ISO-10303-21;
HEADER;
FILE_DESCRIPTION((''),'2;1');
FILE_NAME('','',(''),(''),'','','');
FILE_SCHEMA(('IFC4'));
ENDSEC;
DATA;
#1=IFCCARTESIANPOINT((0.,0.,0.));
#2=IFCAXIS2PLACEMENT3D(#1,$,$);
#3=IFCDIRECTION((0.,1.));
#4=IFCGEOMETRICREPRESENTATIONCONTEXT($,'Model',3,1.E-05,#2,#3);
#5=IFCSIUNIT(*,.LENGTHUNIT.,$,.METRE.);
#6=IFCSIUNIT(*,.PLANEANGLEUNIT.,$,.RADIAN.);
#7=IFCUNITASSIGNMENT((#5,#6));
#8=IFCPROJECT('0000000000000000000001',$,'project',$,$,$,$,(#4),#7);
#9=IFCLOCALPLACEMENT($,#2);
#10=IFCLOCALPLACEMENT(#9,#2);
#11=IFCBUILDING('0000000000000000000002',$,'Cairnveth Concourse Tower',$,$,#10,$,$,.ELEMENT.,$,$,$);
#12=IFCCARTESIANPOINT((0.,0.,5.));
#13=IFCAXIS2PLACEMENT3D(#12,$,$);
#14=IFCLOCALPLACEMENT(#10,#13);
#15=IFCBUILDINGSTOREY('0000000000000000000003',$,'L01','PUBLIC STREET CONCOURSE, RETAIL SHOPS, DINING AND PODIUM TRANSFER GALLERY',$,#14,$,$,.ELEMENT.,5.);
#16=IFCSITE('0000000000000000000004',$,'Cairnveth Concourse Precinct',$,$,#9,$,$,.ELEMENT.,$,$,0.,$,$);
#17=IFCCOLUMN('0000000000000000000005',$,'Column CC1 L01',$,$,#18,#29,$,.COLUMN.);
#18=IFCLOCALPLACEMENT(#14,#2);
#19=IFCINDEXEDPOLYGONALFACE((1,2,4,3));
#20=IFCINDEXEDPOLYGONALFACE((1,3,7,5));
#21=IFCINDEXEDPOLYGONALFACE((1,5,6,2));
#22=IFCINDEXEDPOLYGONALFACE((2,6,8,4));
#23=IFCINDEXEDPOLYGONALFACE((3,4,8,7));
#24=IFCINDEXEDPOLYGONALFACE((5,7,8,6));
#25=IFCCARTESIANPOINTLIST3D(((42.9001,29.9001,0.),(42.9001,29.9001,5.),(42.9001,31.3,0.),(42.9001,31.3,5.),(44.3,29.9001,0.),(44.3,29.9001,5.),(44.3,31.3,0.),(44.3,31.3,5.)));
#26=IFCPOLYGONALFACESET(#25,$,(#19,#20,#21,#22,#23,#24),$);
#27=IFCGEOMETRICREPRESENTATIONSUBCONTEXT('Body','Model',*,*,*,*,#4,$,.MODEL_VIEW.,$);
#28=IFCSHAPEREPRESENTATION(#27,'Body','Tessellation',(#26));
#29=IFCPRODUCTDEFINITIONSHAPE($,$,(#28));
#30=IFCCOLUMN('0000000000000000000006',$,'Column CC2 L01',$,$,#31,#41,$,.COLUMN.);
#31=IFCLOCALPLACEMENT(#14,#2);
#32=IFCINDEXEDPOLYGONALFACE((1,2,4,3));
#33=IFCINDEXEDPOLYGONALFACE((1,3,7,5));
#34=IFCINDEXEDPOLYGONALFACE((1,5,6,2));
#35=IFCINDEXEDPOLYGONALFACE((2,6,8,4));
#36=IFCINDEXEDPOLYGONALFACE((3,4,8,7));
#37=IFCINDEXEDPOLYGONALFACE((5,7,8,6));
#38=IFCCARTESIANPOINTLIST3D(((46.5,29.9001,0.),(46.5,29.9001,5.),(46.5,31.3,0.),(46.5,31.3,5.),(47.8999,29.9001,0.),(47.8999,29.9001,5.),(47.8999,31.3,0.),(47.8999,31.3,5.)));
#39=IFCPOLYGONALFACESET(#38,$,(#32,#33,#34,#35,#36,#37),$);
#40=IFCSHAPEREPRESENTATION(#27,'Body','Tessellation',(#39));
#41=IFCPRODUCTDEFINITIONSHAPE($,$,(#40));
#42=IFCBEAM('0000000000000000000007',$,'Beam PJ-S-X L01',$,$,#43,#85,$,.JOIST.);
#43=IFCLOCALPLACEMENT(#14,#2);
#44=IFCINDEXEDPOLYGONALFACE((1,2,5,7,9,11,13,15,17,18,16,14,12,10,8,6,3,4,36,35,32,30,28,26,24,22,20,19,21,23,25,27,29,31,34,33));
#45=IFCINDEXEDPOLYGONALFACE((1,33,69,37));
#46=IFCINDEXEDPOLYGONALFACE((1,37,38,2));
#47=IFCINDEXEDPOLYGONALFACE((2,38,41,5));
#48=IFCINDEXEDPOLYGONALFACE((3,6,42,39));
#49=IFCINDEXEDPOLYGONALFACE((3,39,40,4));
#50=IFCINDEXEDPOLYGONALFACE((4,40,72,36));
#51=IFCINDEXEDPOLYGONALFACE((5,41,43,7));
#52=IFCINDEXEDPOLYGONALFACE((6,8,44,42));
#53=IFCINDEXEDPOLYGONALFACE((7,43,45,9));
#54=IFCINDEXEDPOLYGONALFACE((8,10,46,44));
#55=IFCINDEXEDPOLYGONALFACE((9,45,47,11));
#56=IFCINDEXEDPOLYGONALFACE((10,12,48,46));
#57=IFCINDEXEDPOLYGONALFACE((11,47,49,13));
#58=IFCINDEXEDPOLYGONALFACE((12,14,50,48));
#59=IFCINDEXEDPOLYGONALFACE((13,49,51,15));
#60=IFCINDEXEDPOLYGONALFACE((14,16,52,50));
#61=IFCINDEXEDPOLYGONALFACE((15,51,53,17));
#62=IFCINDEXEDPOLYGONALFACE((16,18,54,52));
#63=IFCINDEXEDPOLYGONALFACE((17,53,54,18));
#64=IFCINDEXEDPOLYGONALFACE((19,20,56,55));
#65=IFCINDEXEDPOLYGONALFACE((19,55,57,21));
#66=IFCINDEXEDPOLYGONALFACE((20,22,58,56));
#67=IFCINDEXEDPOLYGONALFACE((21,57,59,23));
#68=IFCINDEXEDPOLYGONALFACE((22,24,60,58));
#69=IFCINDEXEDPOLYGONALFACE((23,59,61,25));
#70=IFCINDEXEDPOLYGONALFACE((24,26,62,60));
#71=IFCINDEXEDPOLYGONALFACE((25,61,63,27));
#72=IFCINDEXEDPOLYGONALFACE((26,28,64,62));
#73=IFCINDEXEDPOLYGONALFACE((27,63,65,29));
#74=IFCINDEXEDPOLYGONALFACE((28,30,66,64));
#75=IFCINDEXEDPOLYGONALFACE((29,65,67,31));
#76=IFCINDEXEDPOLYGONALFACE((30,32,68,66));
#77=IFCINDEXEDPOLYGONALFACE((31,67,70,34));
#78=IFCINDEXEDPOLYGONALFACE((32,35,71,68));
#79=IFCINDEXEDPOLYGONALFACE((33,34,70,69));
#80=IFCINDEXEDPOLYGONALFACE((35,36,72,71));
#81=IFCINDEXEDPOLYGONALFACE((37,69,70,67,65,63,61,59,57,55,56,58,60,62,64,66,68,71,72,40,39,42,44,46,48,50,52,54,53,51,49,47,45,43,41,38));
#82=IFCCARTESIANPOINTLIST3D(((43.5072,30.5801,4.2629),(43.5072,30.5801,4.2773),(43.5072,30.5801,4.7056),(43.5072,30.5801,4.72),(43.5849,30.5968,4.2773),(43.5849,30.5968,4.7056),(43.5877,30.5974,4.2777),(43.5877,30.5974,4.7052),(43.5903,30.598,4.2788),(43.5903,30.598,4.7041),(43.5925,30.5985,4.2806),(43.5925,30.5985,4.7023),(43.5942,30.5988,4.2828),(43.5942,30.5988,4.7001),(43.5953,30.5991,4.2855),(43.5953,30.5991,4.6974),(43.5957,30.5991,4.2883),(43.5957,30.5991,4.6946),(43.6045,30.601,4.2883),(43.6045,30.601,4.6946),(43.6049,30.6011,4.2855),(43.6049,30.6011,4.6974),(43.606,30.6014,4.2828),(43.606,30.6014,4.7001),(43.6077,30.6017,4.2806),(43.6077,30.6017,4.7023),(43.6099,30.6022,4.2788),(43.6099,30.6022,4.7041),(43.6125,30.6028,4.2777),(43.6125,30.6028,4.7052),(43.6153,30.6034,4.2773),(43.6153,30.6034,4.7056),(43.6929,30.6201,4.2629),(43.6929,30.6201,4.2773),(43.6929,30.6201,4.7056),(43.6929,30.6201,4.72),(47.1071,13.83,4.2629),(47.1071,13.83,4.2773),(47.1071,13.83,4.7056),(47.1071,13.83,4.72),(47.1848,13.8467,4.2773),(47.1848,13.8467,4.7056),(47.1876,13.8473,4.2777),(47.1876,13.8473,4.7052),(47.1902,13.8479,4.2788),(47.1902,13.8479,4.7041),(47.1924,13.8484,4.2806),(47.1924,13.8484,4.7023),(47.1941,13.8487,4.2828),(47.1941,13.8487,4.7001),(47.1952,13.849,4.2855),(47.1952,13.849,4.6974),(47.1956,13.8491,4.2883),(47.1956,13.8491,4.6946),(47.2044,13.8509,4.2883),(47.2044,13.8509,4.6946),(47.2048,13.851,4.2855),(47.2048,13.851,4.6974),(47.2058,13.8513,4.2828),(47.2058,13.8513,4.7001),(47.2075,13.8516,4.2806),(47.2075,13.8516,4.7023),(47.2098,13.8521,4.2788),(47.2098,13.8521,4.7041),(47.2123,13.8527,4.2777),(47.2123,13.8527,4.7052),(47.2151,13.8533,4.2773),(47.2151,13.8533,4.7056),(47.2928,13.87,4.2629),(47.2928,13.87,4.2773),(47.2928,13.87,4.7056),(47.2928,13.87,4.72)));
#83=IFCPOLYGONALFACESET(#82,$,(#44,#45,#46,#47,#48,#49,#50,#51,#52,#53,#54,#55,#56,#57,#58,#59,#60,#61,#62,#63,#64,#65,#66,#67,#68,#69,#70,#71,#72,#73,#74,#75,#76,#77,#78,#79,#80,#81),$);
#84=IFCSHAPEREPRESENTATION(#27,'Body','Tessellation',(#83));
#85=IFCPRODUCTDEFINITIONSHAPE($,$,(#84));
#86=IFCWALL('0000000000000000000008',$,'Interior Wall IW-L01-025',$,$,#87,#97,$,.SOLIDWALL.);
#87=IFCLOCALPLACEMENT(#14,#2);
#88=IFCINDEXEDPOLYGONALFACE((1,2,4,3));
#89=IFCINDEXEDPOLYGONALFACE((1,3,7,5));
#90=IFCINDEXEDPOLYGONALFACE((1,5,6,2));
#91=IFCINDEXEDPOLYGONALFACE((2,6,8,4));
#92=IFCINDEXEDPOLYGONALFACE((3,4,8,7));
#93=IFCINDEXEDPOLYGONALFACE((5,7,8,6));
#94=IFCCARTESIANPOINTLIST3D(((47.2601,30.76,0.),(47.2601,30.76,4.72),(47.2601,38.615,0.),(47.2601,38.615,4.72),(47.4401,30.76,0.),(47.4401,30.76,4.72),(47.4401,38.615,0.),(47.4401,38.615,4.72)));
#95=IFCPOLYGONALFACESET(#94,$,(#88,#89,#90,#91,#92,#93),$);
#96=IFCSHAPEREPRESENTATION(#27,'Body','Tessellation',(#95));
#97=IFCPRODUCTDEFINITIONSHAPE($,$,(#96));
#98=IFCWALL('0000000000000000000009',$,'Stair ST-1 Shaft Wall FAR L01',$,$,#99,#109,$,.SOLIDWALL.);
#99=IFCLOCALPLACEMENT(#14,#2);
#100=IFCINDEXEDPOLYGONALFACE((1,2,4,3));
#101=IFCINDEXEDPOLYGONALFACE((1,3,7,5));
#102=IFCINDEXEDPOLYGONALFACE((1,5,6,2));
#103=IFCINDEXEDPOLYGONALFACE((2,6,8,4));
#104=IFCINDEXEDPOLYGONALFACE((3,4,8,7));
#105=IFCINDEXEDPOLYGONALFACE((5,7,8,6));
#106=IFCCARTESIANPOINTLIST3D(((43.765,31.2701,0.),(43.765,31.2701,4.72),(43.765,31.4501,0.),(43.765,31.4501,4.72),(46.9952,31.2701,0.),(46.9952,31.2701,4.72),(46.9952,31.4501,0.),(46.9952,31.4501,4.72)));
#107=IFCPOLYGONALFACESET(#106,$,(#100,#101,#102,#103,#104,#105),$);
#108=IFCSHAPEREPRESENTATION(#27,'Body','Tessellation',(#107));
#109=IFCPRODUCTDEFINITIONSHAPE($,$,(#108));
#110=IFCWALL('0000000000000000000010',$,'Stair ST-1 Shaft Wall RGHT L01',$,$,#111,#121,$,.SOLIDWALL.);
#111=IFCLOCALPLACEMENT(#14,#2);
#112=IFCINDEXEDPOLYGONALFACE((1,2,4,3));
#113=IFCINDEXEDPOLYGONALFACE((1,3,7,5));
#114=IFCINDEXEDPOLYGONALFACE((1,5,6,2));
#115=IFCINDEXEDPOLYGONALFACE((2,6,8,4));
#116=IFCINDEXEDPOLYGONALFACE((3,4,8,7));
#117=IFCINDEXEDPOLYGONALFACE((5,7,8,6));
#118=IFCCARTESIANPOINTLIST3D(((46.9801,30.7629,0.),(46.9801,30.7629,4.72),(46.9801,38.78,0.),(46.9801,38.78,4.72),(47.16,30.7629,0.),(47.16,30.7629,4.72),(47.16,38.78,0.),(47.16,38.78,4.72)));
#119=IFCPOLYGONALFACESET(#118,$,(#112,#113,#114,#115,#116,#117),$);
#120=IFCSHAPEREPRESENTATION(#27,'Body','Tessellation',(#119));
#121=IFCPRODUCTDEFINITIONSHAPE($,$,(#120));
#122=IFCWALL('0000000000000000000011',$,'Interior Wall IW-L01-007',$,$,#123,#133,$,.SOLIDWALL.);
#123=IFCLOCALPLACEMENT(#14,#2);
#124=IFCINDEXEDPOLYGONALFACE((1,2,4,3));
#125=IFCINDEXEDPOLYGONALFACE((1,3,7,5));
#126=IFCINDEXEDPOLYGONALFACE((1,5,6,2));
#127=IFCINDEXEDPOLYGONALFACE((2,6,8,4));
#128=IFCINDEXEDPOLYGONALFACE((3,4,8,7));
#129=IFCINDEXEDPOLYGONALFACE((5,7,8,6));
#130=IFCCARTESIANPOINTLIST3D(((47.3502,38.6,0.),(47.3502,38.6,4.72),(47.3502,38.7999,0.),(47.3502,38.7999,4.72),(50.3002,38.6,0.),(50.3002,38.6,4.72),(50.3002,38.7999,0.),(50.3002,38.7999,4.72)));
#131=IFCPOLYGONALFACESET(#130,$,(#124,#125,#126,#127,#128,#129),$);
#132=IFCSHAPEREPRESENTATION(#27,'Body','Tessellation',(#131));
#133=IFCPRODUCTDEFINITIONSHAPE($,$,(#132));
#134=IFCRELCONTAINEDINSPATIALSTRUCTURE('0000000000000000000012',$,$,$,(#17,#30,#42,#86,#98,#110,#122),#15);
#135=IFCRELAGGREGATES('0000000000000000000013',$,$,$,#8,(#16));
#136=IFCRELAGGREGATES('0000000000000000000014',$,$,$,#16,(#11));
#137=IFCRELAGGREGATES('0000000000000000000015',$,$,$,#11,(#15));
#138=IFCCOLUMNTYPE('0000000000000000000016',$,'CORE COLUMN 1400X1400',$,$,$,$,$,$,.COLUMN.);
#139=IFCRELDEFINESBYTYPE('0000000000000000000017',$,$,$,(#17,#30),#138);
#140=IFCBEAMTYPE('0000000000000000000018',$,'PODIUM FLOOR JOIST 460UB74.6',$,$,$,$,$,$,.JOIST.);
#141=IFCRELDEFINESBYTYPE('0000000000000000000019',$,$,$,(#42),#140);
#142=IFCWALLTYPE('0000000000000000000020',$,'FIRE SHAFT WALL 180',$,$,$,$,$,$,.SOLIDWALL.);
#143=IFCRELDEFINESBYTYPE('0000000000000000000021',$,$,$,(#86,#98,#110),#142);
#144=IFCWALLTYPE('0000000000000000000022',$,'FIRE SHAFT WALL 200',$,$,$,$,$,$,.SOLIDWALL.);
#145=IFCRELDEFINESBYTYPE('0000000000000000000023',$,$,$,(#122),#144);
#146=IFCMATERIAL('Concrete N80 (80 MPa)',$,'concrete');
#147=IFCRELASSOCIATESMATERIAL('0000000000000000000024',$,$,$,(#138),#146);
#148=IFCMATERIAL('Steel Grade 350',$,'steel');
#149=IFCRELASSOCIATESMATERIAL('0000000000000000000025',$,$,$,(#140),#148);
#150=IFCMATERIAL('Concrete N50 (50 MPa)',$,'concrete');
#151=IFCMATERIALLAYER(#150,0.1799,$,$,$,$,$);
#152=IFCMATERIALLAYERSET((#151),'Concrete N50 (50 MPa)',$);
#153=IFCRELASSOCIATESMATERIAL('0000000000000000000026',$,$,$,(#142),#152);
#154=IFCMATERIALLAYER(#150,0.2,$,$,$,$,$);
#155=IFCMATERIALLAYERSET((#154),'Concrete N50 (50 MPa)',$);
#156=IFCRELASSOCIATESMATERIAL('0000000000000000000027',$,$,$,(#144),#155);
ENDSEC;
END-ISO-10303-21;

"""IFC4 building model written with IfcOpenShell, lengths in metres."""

from ifc_helpers import new_model, si_unit, direction, frame, frame_2d, origin, origin_2d, place, context, subcontext, project, spatial, rectangle, i_section, extrude, material, layer, layer_set, material_profile, profile_set, type_object, element, save


model = new_model("IFC4")

# Units and contexts
model_context = context("Model", 3, precision=1e-05, world=origin(), true_north=direction((0.0, 1.0)))
body_context = subcontext(model_context, "Body", "Model", "MODEL_VIEW")
ifc_project = project(units=[si_unit("LENGTHUNIT", "METRE"), si_unit("PLANEANGLEUNIT", "RADIAN")], contexts=[model_context])

# Site, building, storey
site_placement = place(None, origin())
site = spatial("IfcSite", under=ifc_project, at=site_placement, Name="Cairnveth Concourse Precinct", CompositionType="ELEMENT", RefElevation=0.0)
building_placement = place(site_placement, origin())
building = spatial("IfcBuilding", under=site, at=building_placement, Name="Cairnveth Concourse Tower", CompositionType="ELEMENT")
storey_placement = place(building_placement, frame((0.0, 0.0, 5.0)))
storey = spatial("IfcBuildingStorey", under=building, at=storey_placement, Name="L01", Description="PUBLIC STREET CONCOURSE, RETAIL SHOPS, DINING AND PODIUM TRANSFER GALLERY", CompositionType="ELEMENT", Elevation=5.0)

# Columns
ifc_material_1 = material(Name="Concrete N80 (80 MPa)", Category="concrete")
ifc_material_profile_1 = material_profile(ifc_material_1, rectangle(XDim=1.3999, YDim=1.3999, at=origin_2d()), Name="RC-COL-1400x1400")
ifc_profile_set_1 = profile_set([ifc_material_profile_1], Name="Concrete N80 (80 MPa)")
column_type = type_object("IfcColumnType", Name="CORE COLUMN 1400X1400", PredefinedType="COLUMN", material=ifc_profile_set_1)
for number, where, z_axis, x_axis, name in (
    (1, (43.6001, 30.6001, 0.0), (0.0, 0.0, 1.0), (1.0, 0.0, 0.0), "Column CC1 L01"),
    (2, (47.2, 30.6001, 0.0), (0.0, 0.0, 1.0), (1.0, 0.0, 0.0), "Column CC2 L01"),
):
    element("IfcColumn", number, at=place(storey_placement, frame(where, z_axis=z_axis, x_axis=x_axis)), inside=storey, type_object=column_type, Name=name, PredefinedType="COLUMN", context=body_context, shape_type="SweptSolid", body=[
        extrude(rectangle(XDim=1.3999, YDim=1.3999, at=origin_2d()), origin(), (0.0, 0.0, 1.0), 5.0),
    ])

# Beam
ifc_material_2 = material(Name="Steel Grade 350", Category="steel")
ifc_material_profile_2 = material_profile(ifc_material_2, i_section(OverallWidth=0.1899, OverallDepth=0.457, WebThickness=0.009, FlangeThickness=0.0144, FilletRadius=0.011, at=origin_2d()), Name="460UB74.6")
ifc_profile_set_2 = profile_set([ifc_material_profile_2], Name="Steel Grade 350")
beam_type = type_object("IfcBeamType", Name="PODIUM FLOOR JOIST 460UB74.6", PredefinedType="JOIST", material=ifc_profile_set_2)
beam_placement = place(storey_placement, frame((43.6001, 30.6001, 4.4915), z_axis=(0.210119, -0.977676, 0.0), x_axis=(0.977676, 0.210119, 0.0)))
element("IfcBeam", 3, at=beam_placement, inside=storey, type_object=beam_type, Name="Beam PJ-S-X L01", PredefinedType="JOIST", context=body_context, shape_type="SweptSolid", body=[
    extrude(i_section(OverallWidth=0.1899, OverallDepth=0.457, WebThickness=0.009, FlangeThickness=0.0144, FilletRadius=0.011, at=origin_2d()), origin(), (0.0, 0.0, 1.0), 17.1326),
])

# Wall
ifc_material_3 = material(Name="Concrete N50 (50 MPa)", Category="concrete")
ifc_layer_1 = layer(ifc_material_3, 0.1799)
ifc_layer_set_1 = layer_set([ifc_layer_1], Name="Concrete N50 (50 MPa)")
wall_type_1 = type_object("IfcWallType", Name="FIRE SHAFT WALL 180", PredefinedType="SOLIDWALL", material=ifc_layer_set_1)
wall_1_placement = place(storey_placement, frame((47.3501, 30.76, 0.0), z_axis=(0.0, 0.0, 1.0), x_axis=(0.0, 1.0, 0.0)))
element("IfcWall", 4, at=wall_1_placement, inside=storey, type_object=wall_type_1, Name="Interior Wall IW-L01-025", PredefinedType="SOLIDWALL", context=body_context, shape_type="SweptSolid", body=[
    extrude(rectangle(XDim=7.855, YDim=0.1799, at=frame_2d((3.9275, 0.0))), origin(), (0.0, 0.0, 1.0), 4.72),
])

# Walls
wall_2_placement = place(storey_placement, frame((43.7649, 31.3601, 0.0), z_axis=(0.0, 0.0, 1.0), x_axis=(1.0, 0.0, 0.0)))
element("IfcWall", 5, at=wall_2_placement, inside=storey, type_object=wall_type_1, Name="Stair ST-1 Shaft Wall FAR L01", PredefinedType="SOLIDWALL", context=body_context, shape_type="SweptSolid", body=[
    extrude(rectangle(XDim=3.2302, YDim=0.1799, at=frame_2d((1.6152, 0.0))), origin(), (0.0, 0.0, 1.0), 4.72),
])
wall_3_placement = place(storey_placement, frame((47.0701, 38.78, 0.0), z_axis=(0.0, 0.0, 1.0), x_axis=(0.0, -1.0, 0.0)))
element("IfcWall", 6, at=wall_3_placement, inside=storey, type_object=wall_type_1, Name="Stair ST-1 Shaft Wall RGHT L01", PredefinedType="SOLIDWALL", context=body_context, shape_type="SweptSolid", body=[
    extrude(rectangle(XDim=8.0171, YDim=0.1799, at=frame_2d((4.0085, 0.0))), origin(), (0.0, 0.0, 1.0), 4.72),
])
ifc_layer_2 = layer(ifc_material_3, 0.2)
ifc_layer_set_2 = layer_set([ifc_layer_2], Name="Concrete N50 (50 MPa)")
wall_type_2 = type_object("IfcWallType", Name="FIRE SHAFT WALL 200", PredefinedType="SOLIDWALL", material=ifc_layer_set_2)
wall_4_placement = place(storey_placement, frame((47.3501, 38.7, 0.0), z_axis=(0.0, 0.0, 1.0), x_axis=(1.0, 0.0, 0.0)))
element("IfcWall", 7, at=wall_4_placement, inside=storey, type_object=wall_type_2, Name="Interior Wall IW-L01-007", PredefinedType="SOLIDWALL", context=body_context, shape_type="SweptSolid", body=[
    extrude(rectangle(XDim=2.95, YDim=0.2, at=frame_2d((1.4751, 0.0))), origin(), (0.0, 0.0, 1.0), 4.72),
])

save(model, "model.ifc")
